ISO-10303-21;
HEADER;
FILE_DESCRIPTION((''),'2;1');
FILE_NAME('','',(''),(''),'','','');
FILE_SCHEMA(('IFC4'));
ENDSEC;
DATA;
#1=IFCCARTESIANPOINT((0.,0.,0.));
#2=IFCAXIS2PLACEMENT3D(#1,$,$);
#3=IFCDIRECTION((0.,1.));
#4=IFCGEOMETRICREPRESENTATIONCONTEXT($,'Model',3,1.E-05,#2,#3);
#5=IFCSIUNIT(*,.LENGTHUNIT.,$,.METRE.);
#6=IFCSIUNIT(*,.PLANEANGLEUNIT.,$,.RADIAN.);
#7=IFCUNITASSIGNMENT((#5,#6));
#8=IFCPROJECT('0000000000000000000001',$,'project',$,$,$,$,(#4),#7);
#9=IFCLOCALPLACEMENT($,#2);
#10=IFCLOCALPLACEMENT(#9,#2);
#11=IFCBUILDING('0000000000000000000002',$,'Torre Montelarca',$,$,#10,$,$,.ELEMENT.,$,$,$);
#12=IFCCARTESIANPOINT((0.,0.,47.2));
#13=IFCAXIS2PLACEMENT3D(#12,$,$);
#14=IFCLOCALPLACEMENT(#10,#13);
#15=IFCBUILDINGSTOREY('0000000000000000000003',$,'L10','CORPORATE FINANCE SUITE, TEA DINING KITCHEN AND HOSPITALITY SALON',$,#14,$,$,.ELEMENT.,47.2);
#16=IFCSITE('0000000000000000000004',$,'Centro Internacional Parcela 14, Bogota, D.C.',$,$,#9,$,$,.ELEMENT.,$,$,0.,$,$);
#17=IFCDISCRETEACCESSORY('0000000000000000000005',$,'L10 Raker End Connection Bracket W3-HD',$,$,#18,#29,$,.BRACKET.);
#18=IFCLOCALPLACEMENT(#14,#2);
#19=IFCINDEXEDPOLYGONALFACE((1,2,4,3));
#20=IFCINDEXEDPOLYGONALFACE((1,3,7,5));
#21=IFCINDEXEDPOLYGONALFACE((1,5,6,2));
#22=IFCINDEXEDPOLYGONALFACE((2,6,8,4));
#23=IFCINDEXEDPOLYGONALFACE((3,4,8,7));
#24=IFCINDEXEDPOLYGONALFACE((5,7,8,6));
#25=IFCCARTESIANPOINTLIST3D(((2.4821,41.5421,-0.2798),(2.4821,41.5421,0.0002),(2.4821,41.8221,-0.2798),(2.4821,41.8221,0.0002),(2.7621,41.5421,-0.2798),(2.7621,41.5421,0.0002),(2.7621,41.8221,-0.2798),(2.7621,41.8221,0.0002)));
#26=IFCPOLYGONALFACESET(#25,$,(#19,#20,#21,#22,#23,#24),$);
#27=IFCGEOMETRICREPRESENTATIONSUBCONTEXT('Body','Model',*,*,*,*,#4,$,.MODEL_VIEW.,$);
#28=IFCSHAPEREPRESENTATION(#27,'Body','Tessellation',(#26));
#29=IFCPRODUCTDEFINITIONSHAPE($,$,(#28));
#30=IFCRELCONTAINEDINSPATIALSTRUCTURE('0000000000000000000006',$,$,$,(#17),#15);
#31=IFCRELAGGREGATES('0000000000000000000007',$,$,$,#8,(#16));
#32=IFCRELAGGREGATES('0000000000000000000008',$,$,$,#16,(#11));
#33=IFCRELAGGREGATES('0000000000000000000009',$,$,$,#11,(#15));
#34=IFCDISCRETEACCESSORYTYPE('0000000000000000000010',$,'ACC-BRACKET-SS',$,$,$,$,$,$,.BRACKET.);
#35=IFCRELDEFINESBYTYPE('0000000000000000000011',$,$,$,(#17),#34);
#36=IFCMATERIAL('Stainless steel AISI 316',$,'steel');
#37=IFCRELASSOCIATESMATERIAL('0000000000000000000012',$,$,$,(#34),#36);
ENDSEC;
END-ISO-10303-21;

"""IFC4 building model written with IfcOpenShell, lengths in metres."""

from ifc_helpers import new_model, si_unit, direction, frame, origin, origin_2d, place, context, subcontext, project, spatial, rectangle, extrude, source, transform, mapped, material, type_object, element, save


model = new_model("IFC4")

# Units and contexts
model_context = context("Model", 3, precision=1e-05, world=origin(), true_north=direction((0.0, 1.0)))
body_context = subcontext(model_context, "Body", "Model", "MODEL_VIEW")
ifc_project = project(units=[si_unit("LENGTHUNIT", "METRE"), si_unit("PLANEANGLEUNIT", "RADIAN")], contexts=[model_context])

# Site, building, storey
site_placement = place(None, origin())
site = spatial("IfcSite", under=ifc_project, at=site_placement, Name="Centro Internacional Parcela 14, Bogota, D.C.", CompositionType="ELEMENT", RefElevation=0.0)
building_placement = place(site_placement, origin())
building = spatial("IfcBuilding", under=site, at=building_placement, Name="Torre Montelarca", CompositionType="ELEMENT")
storey_placement = place(building_placement, frame((0.0, 0.0, 47.2)))
storey = spatial("IfcBuildingStorey", under=building, at=storey_placement, Name="L10", Description="CORPORATE FINANCE SUITE, TEA DINING KITCHEN AND HOSPITALITY SALON", CompositionType="ELEMENT", Elevation=47.2)

# Discrete accessory
ifc_material_1 = material(Name="Stainless steel AISI 316", Category="steel")
discrete_accessory_type = type_object("IfcDiscreteAccessoryType", Name="ACC-BRACKET-SS", PredefinedType="BRACKET", material=ifc_material_1)
shared_shape_1 = source(origin(), body_context, "Body", "SweptSolid", [
    extrude(rectangle(XDim=0.28, YDim=0.28, at=origin_2d()), origin(), (0.0, 0.0, 1.0), 0.28),
])
discrete_accessory_placement = place(storey_placement, frame((2.6221, 41.6821, -0.2798), z_axis=(0.0, 0.0, 1.0), x_axis=(1.0, 0.0, 0.0)))
element("IfcDiscreteAccessory", 1, at=discrete_accessory_placement, inside=storey, type_object=discrete_accessory_type, Name="L10 Raker End Connection Bracket W3-HD", PredefinedType="BRACKET", context=body_context, shape_type="MappedRepresentation", body=[
    mapped(shared_shape_1, transform((0.0, 0.0, 0.0), scale=1.0)),
])

save(model, "model.ifc")
